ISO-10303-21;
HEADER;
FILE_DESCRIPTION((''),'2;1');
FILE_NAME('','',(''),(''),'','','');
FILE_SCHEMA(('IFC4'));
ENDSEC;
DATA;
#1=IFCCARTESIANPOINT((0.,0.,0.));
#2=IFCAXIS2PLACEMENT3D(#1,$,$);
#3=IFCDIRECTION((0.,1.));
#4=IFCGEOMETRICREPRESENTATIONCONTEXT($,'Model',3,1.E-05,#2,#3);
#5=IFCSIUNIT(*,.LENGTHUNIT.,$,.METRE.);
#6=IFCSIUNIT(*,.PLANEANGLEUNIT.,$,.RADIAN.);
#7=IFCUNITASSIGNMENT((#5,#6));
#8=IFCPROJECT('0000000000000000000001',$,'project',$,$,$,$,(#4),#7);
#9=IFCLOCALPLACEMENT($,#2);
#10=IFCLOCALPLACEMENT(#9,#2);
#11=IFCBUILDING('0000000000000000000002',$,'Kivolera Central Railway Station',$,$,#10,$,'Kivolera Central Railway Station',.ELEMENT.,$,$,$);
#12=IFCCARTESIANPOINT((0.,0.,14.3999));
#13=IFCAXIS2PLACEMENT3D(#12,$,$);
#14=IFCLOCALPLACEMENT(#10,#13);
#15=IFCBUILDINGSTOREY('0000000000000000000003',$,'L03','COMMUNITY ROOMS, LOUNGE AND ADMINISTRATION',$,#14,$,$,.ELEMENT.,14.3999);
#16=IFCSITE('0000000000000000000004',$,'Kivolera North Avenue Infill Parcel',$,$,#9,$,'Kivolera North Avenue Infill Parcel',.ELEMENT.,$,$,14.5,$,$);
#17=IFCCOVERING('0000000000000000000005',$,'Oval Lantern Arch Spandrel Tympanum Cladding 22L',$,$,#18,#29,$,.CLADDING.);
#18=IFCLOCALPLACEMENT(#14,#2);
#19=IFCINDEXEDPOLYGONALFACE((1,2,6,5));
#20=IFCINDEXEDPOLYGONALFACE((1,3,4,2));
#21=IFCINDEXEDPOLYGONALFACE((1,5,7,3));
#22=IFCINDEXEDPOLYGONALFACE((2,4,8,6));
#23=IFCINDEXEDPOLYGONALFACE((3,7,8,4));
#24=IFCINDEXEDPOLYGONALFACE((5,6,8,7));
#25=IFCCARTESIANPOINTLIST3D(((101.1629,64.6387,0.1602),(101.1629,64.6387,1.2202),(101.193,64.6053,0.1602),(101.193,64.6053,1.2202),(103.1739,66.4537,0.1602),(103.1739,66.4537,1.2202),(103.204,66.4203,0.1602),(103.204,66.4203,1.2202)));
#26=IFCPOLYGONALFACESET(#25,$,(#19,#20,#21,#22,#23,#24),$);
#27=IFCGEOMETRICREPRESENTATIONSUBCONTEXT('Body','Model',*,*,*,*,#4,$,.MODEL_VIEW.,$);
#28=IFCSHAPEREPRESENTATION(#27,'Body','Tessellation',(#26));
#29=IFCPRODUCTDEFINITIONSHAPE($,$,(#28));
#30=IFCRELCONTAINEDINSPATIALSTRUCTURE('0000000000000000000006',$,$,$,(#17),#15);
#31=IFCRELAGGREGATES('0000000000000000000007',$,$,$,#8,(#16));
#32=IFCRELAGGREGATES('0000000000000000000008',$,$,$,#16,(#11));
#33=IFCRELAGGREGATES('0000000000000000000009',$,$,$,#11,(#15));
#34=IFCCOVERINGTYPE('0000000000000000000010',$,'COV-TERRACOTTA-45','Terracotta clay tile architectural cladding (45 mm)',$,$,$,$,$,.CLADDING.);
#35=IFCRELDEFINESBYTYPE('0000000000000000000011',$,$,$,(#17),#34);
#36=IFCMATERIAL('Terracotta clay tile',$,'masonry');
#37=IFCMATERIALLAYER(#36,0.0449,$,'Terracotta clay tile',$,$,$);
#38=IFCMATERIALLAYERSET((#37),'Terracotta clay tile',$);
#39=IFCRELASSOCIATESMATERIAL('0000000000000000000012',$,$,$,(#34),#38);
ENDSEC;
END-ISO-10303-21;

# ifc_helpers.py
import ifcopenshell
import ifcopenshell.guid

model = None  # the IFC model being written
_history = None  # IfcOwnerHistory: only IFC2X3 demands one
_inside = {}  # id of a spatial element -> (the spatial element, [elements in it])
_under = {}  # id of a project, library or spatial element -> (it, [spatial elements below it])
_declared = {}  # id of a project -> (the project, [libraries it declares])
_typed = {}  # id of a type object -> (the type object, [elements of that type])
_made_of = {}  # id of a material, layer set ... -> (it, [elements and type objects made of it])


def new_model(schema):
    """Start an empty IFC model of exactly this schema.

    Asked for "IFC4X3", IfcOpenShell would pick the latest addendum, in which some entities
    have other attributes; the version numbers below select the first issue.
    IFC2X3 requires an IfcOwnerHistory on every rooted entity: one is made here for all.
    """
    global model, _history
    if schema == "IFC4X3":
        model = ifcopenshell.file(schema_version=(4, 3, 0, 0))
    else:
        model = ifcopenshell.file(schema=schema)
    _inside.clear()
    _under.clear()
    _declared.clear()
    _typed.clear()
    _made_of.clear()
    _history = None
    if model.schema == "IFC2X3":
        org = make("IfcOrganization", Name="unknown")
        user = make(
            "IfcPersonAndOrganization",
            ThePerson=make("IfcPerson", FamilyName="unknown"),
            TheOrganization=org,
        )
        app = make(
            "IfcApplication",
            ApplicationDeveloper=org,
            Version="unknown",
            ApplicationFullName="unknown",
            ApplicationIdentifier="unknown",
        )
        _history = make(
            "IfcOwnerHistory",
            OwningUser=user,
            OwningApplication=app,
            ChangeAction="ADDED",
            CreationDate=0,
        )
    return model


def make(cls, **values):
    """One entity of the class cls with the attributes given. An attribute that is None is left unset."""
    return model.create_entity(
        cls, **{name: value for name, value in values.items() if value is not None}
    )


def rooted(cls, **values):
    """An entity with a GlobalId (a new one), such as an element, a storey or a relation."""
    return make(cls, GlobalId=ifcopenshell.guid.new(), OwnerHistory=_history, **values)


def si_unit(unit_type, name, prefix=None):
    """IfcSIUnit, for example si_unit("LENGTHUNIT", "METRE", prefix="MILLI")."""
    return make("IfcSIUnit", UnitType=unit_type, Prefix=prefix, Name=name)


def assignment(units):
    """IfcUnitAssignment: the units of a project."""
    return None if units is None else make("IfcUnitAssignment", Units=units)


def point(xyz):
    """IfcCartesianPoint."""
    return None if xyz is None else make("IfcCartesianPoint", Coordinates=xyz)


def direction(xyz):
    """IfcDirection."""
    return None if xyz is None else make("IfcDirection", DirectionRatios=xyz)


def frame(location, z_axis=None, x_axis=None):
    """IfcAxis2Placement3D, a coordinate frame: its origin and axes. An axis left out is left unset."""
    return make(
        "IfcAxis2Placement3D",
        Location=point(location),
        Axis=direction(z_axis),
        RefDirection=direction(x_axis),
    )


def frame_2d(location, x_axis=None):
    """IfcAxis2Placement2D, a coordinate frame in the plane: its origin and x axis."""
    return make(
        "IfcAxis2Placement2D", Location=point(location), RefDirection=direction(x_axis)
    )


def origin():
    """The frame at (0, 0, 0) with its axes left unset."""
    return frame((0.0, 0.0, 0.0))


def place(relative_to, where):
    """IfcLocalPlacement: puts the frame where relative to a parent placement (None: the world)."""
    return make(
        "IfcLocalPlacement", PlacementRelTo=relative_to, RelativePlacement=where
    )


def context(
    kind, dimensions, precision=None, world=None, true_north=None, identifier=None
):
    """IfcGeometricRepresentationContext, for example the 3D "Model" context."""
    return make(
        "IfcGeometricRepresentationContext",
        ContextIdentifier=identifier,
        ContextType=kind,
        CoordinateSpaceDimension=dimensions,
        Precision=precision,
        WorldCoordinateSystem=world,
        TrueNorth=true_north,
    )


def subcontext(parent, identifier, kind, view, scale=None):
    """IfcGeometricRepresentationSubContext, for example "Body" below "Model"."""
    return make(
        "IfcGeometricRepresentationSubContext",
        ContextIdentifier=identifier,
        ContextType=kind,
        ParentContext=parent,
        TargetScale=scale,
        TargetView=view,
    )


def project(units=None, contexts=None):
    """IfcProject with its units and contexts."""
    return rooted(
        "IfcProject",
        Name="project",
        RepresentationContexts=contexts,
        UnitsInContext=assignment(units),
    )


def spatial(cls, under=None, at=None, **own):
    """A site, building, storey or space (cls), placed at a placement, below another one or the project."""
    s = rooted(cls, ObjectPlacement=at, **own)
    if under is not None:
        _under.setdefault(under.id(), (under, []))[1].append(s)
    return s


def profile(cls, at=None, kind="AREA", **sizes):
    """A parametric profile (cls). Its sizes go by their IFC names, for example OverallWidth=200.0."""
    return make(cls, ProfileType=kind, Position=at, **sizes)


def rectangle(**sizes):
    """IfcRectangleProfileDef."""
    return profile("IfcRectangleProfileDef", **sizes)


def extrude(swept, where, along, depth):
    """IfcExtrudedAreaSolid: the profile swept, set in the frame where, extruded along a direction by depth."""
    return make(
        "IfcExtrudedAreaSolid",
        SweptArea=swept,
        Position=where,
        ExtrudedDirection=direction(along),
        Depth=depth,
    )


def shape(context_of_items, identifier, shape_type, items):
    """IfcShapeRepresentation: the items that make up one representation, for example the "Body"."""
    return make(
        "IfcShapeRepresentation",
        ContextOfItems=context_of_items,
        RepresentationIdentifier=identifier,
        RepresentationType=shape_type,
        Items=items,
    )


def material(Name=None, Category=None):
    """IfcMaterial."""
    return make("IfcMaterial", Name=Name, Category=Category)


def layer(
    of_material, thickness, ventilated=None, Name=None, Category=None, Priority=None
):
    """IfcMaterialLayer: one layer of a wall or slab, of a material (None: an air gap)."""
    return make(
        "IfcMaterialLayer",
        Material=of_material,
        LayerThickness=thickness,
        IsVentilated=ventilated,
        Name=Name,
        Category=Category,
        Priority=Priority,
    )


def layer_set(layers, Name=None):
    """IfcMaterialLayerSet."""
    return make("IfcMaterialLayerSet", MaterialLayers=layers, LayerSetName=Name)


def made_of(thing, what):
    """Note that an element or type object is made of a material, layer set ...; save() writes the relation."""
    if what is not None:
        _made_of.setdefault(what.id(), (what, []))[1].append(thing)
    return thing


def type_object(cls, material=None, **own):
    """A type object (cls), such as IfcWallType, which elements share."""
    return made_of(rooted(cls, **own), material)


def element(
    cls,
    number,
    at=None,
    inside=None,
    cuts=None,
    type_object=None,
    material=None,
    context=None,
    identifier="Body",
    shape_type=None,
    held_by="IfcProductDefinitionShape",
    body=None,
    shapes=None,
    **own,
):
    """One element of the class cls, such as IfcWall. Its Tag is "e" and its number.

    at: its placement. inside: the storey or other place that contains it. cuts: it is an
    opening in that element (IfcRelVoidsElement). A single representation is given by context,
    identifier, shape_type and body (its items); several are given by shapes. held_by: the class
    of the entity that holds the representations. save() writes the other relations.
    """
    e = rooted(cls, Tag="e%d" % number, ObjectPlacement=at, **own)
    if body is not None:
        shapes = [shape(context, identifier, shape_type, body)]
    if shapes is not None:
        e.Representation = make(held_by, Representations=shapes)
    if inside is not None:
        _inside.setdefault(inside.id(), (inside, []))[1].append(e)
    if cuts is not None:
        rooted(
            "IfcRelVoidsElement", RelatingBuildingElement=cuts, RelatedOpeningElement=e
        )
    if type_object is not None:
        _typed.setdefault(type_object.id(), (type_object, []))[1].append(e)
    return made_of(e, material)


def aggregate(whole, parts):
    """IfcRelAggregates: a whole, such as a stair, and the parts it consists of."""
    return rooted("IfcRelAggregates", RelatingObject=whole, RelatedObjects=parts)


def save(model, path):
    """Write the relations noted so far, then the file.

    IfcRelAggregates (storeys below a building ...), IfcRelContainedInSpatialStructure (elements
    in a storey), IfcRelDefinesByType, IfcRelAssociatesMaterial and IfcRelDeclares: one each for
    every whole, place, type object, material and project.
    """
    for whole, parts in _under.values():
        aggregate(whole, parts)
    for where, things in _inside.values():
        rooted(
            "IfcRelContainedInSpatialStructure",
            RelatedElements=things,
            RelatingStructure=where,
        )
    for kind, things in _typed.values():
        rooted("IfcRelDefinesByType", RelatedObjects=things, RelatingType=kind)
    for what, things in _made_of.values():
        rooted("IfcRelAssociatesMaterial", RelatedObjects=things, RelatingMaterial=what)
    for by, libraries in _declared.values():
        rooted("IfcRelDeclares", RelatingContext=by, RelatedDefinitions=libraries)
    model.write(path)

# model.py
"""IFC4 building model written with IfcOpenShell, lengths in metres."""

from ifc_helpers import new_model, si_unit, direction, frame, frame_2d, origin, place, context, subcontext, project, spatial, rectangle, extrude, material, layer, layer_set, type_object, element, save


model = new_model("IFC4")

# Units and contexts
model_context = context("Model", 3, precision=1e-05, world=origin(), true_north=direction((0.0, 1.0)))
body_context = subcontext(model_context, "Body", "Model", "MODEL_VIEW")
ifc_project = project(units=[si_unit("LENGTHUNIT", "METRE"), si_unit("PLANEANGLEUNIT", "RADIAN")], contexts=[model_context])

# Site, building, storey
site_placement = place(None, origin())
site = spatial("IfcSite", under=ifc_project, at=site_placement, Name="Kivolera North Avenue Infill Parcel", LongName="Kivolera North Avenue Infill Parcel", CompositionType="ELEMENT", RefElevation=14.5)
building_placement = place(site_placement, origin())
building = spatial("IfcBuilding", under=site, at=building_placement, Name="Kivolera Central Railway Station", LongName="Kivolera Central Railway Station", CompositionType="ELEMENT")
storey_placement = place(building_placement, frame((0.0, 0.0, 14.3999)))
storey = spatial("IfcBuildingStorey", under=building, at=storey_placement, Name="L03", Description="COMMUNITY ROOMS, LOUNGE AND ADMINISTRATION", CompositionType="ELEMENT", Elevation=14.3999)

# Covering
ifc_material_1 = material(Name="Terracotta clay tile", Category="masonry")
ifc_layer_1 = layer(ifc_material_1, 0.0449, Name="Terracotta clay tile")
ifc_layer_set_1 = layer_set([ifc_layer_1], Name="Terracotta clay tile")
covering_type_1 = type_object("IfcCoveringType", Name="COV-TERRACOTTA-45", Description="Terracotta clay tile architectural cladding (45 mm)", PredefinedType="CLADDING", material=ifc_layer_set_1)
covering_1_placement = place(storey_placement, frame((103.189, 66.437, 0.1602), z_axis=(0.0, 0.0, 1.0), x_axis=(-0.742366, -0.669995, 0.0)))
element("IfcCovering", 1, at=covering_1_placement, inside=storey, type_object=covering_type_1, Name="Oval Lantern Arch Spandrel Tympanum Cladding 22L", PredefinedType="CLADDING", context=body_context, shape_type="SweptSolid", body=[
    extrude(rectangle(XDim=2.709, YDim=0.0449, at=frame_2d((1.3545, 0.0))), origin(), (0.0, 0.0, 1.0), 1.0601),
])

save(model, "model.ifc")
